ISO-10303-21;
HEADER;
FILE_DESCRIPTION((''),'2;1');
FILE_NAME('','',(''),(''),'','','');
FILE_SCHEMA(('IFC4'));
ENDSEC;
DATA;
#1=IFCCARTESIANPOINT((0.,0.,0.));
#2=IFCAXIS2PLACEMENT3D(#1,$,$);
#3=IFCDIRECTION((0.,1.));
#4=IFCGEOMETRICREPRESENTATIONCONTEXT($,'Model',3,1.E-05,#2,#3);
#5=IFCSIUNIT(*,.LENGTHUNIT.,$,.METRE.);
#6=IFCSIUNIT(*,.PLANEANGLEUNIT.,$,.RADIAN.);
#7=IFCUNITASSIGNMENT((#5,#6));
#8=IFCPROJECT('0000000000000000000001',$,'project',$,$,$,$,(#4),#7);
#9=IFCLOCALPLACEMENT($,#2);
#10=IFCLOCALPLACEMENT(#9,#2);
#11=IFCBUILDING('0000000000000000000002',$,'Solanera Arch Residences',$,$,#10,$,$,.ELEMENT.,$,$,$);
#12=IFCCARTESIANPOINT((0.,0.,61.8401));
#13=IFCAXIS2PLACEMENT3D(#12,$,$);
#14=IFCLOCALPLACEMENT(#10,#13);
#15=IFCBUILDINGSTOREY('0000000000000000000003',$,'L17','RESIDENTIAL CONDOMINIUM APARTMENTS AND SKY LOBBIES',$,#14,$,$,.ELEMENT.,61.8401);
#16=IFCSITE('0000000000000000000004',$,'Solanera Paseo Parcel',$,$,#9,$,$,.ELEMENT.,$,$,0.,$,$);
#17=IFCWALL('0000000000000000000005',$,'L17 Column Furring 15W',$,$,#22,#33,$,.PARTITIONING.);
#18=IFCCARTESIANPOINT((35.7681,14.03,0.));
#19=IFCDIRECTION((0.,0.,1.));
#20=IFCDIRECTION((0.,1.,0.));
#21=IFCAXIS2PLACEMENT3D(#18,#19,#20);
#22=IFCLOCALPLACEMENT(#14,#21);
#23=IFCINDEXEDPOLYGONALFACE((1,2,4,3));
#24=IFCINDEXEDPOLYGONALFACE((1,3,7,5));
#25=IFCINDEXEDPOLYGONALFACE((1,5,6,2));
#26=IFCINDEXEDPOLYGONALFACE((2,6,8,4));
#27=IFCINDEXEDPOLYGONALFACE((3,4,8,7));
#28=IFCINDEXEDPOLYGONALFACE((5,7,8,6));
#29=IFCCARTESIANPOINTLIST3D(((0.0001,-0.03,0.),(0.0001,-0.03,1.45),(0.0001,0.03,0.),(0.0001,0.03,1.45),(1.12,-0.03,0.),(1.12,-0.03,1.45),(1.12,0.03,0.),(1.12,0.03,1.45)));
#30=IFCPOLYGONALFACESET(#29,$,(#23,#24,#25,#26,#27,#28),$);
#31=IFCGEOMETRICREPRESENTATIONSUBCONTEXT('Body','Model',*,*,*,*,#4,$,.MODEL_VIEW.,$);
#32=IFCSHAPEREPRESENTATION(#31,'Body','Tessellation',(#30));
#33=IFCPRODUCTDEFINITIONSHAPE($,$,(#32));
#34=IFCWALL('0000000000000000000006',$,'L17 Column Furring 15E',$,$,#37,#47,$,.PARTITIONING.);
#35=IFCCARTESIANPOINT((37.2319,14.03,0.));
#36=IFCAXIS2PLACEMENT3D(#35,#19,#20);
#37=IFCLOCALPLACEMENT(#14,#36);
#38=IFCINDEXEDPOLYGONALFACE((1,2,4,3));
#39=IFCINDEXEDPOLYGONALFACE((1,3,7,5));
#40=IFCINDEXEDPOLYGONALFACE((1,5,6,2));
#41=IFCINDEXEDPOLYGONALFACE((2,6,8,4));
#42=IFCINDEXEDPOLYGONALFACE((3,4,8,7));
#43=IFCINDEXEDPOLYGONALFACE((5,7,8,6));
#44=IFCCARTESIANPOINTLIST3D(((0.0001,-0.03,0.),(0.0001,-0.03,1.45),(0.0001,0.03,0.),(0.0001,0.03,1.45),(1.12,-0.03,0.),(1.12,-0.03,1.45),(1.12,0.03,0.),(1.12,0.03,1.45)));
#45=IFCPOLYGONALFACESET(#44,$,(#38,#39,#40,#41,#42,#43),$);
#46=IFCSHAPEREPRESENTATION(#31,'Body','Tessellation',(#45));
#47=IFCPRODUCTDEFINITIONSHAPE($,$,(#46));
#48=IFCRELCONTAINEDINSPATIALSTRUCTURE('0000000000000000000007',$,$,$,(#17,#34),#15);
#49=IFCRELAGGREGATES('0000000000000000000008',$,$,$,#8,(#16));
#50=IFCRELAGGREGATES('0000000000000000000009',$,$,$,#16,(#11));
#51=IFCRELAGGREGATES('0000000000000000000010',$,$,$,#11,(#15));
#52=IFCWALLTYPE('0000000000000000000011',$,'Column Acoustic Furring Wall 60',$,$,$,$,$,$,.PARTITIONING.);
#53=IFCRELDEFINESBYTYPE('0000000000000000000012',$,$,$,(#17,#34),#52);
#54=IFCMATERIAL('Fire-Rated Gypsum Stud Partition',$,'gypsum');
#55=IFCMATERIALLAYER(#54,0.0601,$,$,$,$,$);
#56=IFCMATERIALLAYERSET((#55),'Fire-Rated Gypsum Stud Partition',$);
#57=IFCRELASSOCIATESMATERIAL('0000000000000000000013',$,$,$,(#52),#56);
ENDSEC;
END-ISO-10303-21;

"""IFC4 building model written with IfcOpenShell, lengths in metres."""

from ifc_helpers import new_model, si_unit, direction, frame, frame_2d, origin, place, context, subcontext, project, spatial, rectangle, extrude, material, layer, layer_set, type_object, element, save


model = new_model("IFC4")

# Units and contexts
model_context = context("Model", 3, precision=1e-05, world=origin(), true_north=direction((0.0, 1.0)))
body_context = subcontext(model_context, "Body", "Model", "MODEL_VIEW")
ifc_project = project(units=[si_unit("LENGTHUNIT", "METRE"), si_unit("PLANEANGLEUNIT", "RADIAN")], contexts=[model_context])

# Site, building, storey
site_placement = place(None, origin())
site = spatial("IfcSite", under=ifc_project, at=site_placement, Name="Solanera Paseo Parcel", CompositionType="ELEMENT", RefElevation=0.0)
building_placement = place(site_placement, origin())
building = spatial("IfcBuilding", under=site, at=building_placement, Name="Solanera Arch Residences", CompositionType="ELEMENT")
storey_placement = place(building_placement, frame((0.0, 0.0, 61.8401)))
storey = spatial("IfcBuildingStorey", under=building, at=storey_placement, Name="L17", Description="RESIDENTIAL CONDOMINIUM APARTMENTS AND SKY LOBBIES", CompositionType="ELEMENT", Elevation=61.8401)

# Walls
ifc_material_1 = material(Name="Fire-Rated Gypsum Stud Partition", Category="gypsum")
ifc_layer_1 = layer(ifc_material_1, 0.0601)
ifc_layer_set_1 = layer_set([ifc_layer_1], Name="Fire-Rated Gypsum Stud Partition")
wall_type_1 = type_object("IfcWallType", Name="Column Acoustic Furring Wall 60", PredefinedType="PARTITIONING", material=ifc_layer_set_1)
for number, where, z_axis, x_axis, name in (
    (1, (35.7681, 14.03, 0.0), (0.0, 0.0, 1.0), (0.0, 1.0, 0.0), "L17 Column Furring 15W"),
    (2, (37.2319, 14.03, 0.0), (0.0, 0.0, 1.0), (0.0, 1.0, 0.0), "L17 Column Furring 15E"),
):
    element("IfcWall", number, at=place(storey_placement, frame(where, z_axis=z_axis, x_axis=x_axis)), inside=storey, type_object=wall_type_1, Name=name, PredefinedType="PARTITIONING", context=body_context, shape_type="SweptSolid", body=[
        extrude(rectangle(XDim=1.1199, YDim=0.0601, at=frame_2d((0.5601, 0.0))), origin(), (0.0, 0.0, 1.0), 1.45),
    ])

save(model, "model.ifc")
